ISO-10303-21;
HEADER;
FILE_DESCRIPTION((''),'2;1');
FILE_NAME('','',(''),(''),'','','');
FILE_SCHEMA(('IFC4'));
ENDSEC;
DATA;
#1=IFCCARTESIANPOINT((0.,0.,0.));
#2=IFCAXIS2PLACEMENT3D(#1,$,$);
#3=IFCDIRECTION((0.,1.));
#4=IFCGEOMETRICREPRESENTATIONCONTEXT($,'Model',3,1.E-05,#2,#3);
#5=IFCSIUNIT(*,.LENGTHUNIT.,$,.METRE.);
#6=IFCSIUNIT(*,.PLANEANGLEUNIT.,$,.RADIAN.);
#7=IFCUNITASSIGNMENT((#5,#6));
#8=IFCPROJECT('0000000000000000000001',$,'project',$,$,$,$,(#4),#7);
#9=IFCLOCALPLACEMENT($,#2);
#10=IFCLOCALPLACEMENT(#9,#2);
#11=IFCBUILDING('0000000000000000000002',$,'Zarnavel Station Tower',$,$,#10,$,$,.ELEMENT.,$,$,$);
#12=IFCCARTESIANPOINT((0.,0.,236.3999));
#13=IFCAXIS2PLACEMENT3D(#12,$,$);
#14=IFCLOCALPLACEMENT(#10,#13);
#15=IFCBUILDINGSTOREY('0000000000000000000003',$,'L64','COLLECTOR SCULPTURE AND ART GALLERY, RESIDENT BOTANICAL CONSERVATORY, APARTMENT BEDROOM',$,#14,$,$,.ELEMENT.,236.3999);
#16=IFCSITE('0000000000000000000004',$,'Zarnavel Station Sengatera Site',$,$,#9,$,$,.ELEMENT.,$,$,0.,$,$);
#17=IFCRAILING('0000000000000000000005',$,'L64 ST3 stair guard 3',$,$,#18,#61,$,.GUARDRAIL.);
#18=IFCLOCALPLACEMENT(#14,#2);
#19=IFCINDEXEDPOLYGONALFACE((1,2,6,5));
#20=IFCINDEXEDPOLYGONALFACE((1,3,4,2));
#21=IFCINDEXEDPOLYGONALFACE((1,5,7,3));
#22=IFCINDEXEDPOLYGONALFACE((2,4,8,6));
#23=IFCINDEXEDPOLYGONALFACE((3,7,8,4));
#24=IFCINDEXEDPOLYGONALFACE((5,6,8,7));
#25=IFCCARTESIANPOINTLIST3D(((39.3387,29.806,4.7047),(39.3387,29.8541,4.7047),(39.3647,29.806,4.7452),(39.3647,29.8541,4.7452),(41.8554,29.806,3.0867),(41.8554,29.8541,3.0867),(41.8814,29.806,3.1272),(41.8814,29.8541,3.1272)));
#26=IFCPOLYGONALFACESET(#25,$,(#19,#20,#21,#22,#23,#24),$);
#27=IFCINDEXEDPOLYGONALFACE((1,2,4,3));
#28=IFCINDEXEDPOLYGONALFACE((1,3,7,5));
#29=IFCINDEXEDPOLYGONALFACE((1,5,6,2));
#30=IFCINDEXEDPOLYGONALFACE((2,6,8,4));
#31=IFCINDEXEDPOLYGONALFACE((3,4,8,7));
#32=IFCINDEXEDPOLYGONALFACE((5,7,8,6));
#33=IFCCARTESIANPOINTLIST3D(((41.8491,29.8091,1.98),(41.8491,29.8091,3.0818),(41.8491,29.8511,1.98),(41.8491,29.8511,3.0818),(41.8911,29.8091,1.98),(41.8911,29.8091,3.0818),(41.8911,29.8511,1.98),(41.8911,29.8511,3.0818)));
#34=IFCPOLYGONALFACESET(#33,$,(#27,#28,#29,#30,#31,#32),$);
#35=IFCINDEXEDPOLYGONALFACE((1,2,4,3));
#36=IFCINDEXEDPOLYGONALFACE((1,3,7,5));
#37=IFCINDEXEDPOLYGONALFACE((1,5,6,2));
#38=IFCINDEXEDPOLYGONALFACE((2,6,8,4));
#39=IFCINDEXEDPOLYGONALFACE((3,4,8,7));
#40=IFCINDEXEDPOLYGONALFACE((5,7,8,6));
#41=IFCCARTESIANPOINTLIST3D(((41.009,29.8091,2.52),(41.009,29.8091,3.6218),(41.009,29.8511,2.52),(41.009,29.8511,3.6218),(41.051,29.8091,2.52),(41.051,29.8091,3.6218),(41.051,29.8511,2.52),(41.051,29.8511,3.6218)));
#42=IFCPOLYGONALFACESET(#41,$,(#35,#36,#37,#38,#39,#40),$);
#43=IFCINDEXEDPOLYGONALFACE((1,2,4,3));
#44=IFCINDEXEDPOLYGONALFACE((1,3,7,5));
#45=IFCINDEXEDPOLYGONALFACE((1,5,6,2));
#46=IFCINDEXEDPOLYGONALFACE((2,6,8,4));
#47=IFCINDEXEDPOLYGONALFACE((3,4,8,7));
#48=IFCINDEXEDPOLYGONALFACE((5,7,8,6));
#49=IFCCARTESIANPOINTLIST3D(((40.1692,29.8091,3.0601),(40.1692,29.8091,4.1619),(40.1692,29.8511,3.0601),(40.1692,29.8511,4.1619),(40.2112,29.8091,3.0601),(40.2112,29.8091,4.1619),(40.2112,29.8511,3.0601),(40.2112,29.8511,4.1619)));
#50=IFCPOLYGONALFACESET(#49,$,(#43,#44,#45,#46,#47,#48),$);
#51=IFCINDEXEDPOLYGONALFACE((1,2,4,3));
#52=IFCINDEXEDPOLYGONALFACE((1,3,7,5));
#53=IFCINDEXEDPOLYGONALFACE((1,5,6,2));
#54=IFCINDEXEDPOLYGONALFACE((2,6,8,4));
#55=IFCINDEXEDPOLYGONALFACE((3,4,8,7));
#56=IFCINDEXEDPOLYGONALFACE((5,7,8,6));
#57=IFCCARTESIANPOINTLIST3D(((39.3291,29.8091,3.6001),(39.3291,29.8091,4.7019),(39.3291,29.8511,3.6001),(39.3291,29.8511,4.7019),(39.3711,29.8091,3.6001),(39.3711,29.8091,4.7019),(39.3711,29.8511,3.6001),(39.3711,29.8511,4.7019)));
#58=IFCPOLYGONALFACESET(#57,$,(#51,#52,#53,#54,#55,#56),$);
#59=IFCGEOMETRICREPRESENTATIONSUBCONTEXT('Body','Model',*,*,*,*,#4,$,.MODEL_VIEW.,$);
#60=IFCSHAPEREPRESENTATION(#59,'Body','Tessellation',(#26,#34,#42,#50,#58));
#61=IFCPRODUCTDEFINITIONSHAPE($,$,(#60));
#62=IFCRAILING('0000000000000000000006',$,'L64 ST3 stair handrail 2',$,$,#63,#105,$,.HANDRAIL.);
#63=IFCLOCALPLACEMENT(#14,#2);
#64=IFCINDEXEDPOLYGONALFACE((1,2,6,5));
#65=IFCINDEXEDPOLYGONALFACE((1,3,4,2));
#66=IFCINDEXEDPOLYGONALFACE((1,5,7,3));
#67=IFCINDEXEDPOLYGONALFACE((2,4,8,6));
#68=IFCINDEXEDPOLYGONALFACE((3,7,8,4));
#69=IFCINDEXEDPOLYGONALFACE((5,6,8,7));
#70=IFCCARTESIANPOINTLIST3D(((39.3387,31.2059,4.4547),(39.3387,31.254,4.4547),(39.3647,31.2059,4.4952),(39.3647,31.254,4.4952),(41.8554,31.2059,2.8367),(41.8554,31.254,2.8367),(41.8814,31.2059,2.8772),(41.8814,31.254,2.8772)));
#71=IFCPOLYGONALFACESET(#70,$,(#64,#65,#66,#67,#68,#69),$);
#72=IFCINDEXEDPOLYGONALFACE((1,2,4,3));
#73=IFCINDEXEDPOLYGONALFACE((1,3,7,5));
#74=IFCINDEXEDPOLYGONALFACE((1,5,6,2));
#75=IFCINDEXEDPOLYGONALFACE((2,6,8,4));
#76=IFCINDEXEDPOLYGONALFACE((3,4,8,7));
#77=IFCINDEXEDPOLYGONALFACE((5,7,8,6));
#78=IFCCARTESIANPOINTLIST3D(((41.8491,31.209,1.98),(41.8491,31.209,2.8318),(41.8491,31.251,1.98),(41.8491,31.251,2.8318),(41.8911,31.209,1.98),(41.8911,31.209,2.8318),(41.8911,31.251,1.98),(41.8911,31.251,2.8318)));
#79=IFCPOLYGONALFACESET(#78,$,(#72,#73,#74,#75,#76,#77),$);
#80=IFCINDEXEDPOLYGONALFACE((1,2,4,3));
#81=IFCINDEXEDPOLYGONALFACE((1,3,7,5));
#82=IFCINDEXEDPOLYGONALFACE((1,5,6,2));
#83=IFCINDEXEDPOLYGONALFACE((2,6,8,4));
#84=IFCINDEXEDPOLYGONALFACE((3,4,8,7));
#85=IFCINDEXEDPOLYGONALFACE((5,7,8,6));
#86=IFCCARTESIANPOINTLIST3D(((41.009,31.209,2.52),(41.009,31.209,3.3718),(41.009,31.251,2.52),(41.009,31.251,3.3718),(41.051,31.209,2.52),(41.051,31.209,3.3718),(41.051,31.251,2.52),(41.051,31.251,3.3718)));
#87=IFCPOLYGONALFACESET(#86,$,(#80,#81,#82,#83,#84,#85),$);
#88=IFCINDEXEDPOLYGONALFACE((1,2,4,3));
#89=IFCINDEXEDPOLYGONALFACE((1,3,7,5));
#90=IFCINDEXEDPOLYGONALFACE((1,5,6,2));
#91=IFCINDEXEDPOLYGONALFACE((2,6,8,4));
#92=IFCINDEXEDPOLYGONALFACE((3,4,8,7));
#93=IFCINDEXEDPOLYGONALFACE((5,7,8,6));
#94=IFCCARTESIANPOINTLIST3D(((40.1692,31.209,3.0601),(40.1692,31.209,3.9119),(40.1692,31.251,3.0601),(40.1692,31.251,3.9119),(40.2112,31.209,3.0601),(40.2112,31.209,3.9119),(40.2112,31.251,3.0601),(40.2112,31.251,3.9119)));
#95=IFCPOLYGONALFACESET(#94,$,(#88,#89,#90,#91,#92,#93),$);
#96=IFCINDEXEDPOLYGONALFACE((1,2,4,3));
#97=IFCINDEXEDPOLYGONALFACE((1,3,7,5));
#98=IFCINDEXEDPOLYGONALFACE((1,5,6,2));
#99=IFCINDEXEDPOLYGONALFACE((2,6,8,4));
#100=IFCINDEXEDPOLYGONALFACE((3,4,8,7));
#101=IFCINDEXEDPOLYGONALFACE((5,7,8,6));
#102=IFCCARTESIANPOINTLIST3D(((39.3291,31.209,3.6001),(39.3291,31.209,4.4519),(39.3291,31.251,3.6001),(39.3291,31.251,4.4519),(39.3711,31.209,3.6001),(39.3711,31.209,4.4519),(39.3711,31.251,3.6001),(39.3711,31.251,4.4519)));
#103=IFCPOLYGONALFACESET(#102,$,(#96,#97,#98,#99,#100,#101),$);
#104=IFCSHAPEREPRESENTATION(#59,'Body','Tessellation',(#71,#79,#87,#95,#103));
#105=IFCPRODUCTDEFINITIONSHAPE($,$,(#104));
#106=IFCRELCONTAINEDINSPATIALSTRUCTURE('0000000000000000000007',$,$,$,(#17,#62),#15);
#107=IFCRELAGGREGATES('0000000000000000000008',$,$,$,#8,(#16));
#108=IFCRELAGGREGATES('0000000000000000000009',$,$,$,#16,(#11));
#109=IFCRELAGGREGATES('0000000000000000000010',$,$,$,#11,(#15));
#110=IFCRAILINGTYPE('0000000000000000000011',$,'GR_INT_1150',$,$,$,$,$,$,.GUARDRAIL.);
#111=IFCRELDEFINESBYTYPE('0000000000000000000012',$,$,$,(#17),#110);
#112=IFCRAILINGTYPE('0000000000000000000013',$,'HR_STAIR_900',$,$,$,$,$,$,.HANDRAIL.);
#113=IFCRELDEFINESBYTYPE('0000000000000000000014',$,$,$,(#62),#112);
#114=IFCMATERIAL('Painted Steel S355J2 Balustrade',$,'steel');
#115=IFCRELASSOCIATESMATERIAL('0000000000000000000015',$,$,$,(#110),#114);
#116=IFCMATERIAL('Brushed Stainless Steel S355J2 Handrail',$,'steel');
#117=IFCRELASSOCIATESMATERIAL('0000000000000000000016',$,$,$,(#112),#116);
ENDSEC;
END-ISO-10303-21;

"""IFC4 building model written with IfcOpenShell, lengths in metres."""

from ifc_helpers import new_model, si_unit, direction, frame, origin, origin_2d, place, context, subcontext, project, spatial, rectangle, extrude, material, type_object, element, save


model = new_model("IFC4")

# Units and contexts
model_context = context("Model", 3, precision=1e-05, world=origin(), true_north=direction((0.0, 1.0)))
body_context = subcontext(model_context, "Body", "Model", "MODEL_VIEW")
ifc_project = project(units=[si_unit("LENGTHUNIT", "METRE"), si_unit("PLANEANGLEUNIT", "RADIAN")], contexts=[model_context])

# Site, building, storey
site_placement = place(None, origin())
site = spatial("IfcSite", under=ifc_project, at=site_placement, Name="Zarnavel Station Sengatera Site", CompositionType="ELEMENT", RefElevation=0.0)
building_placement = place(site_placement, origin())
building = spatial("IfcBuilding", under=site, at=building_placement, Name="Zarnavel Station Tower", CompositionType="ELEMENT")
storey_placement = place(building_placement, frame((0.0, 0.0, 236.3999)))
storey = spatial("IfcBuildingStorey", under=building, at=storey_placement, Name="L64", Description="COLLECTOR SCULPTURE AND ART GALLERY, RESIDENT BOTANICAL CONSERVATORY, APARTMENT BEDROOM", CompositionType="ELEMENT", Elevation=236.3999)

# Railings
ifc_material_1 = material(Name="Painted Steel S355J2 Balustrade", Category="steel")
railing_type_1 = type_object("IfcRailingType", Name="GR_INT_1150", PredefinedType="GUARDRAIL", material=ifc_material_1)
railing_1_placement = place(storey_placement, frame((41.8701, 29.8301, 1.98)))
element("IfcRailing", 1, at=railing_1_placement, inside=storey, type_object=railing_type_1, Name="L64 ST3 stair guard 3", PredefinedType="GUARDRAIL", context=body_context, shape_type="SweptSolid", body=[
    extrude(rectangle(XDim=0.0481, YDim=0.0481, at=origin_2d()), frame((-0.0017, 0.0, 1.127), z_axis=(-0.841163, 0.0, 0.540782), x_axis=(0.0, -1.0, 0.0)), (0.0, 0.0, 1.0), 2.9919),
    extrude(rectangle(XDim=0.042, YDim=0.042, at=origin_2d()), origin(), (0.0, 0.0, 1.0), 1.1018),
    extrude(rectangle(XDim=0.042, YDim=0.042, at=origin_2d()), frame((-0.8401, 0.0, 0.54)), (0.0, 0.0, 1.0), 1.1018),
    extrude(rectangle(XDim=0.042, YDim=0.042, at=origin_2d()), frame((-1.6799, 0.0, 1.0801)), (0.0, 0.0, 1.0), 1.1018),
    extrude(rectangle(XDim=0.042, YDim=0.042, at=origin_2d()), frame((-2.52, 0.0, 1.6201)), (0.0, 0.0, 1.0), 1.1018),
])
ifc_material_2 = material(Name="Brushed Stainless Steel S355J2 Handrail", Category="steel")
railing_type_2 = type_object("IfcRailingType", Name="HR_STAIR_900", PredefinedType="HANDRAIL", material=ifc_material_2)
railing_2_placement = place(storey_placement, frame((41.8701, 31.23, 1.98)))
element("IfcRailing", 2, at=railing_2_placement, inside=storey, type_object=railing_type_2, Name="L64 ST3 stair handrail 2", PredefinedType="HANDRAIL", context=body_context, shape_type="SweptSolid", body=[
    extrude(rectangle(XDim=0.0481, YDim=0.0481, at=origin_2d()), frame((-0.0017, 0.0, 0.877), z_axis=(-0.841163, 0.0, 0.540782), x_axis=(0.0, -1.0, 0.0)), (0.0, 0.0, 1.0), 2.9919),
    extrude(rectangle(XDim=0.042, YDim=0.042, at=origin_2d()), origin(), (0.0, 0.0, 1.0), 0.8518),
    extrude(rectangle(XDim=0.042, YDim=0.042, at=origin_2d()), frame((-0.8401, 0.0, 0.54)), (0.0, 0.0, 1.0), 0.8518),
    extrude(rectangle(XDim=0.042, YDim=0.042, at=origin_2d()), frame((-1.6799, 0.0, 1.0801)), (0.0, 0.0, 1.0), 0.8518),
    extrude(rectangle(XDim=0.042, YDim=0.042, at=origin_2d()), frame((-2.52, 0.0, 1.6201)), (0.0, 0.0, 1.0), 0.8518),
])

save(model, "model.ifc")
